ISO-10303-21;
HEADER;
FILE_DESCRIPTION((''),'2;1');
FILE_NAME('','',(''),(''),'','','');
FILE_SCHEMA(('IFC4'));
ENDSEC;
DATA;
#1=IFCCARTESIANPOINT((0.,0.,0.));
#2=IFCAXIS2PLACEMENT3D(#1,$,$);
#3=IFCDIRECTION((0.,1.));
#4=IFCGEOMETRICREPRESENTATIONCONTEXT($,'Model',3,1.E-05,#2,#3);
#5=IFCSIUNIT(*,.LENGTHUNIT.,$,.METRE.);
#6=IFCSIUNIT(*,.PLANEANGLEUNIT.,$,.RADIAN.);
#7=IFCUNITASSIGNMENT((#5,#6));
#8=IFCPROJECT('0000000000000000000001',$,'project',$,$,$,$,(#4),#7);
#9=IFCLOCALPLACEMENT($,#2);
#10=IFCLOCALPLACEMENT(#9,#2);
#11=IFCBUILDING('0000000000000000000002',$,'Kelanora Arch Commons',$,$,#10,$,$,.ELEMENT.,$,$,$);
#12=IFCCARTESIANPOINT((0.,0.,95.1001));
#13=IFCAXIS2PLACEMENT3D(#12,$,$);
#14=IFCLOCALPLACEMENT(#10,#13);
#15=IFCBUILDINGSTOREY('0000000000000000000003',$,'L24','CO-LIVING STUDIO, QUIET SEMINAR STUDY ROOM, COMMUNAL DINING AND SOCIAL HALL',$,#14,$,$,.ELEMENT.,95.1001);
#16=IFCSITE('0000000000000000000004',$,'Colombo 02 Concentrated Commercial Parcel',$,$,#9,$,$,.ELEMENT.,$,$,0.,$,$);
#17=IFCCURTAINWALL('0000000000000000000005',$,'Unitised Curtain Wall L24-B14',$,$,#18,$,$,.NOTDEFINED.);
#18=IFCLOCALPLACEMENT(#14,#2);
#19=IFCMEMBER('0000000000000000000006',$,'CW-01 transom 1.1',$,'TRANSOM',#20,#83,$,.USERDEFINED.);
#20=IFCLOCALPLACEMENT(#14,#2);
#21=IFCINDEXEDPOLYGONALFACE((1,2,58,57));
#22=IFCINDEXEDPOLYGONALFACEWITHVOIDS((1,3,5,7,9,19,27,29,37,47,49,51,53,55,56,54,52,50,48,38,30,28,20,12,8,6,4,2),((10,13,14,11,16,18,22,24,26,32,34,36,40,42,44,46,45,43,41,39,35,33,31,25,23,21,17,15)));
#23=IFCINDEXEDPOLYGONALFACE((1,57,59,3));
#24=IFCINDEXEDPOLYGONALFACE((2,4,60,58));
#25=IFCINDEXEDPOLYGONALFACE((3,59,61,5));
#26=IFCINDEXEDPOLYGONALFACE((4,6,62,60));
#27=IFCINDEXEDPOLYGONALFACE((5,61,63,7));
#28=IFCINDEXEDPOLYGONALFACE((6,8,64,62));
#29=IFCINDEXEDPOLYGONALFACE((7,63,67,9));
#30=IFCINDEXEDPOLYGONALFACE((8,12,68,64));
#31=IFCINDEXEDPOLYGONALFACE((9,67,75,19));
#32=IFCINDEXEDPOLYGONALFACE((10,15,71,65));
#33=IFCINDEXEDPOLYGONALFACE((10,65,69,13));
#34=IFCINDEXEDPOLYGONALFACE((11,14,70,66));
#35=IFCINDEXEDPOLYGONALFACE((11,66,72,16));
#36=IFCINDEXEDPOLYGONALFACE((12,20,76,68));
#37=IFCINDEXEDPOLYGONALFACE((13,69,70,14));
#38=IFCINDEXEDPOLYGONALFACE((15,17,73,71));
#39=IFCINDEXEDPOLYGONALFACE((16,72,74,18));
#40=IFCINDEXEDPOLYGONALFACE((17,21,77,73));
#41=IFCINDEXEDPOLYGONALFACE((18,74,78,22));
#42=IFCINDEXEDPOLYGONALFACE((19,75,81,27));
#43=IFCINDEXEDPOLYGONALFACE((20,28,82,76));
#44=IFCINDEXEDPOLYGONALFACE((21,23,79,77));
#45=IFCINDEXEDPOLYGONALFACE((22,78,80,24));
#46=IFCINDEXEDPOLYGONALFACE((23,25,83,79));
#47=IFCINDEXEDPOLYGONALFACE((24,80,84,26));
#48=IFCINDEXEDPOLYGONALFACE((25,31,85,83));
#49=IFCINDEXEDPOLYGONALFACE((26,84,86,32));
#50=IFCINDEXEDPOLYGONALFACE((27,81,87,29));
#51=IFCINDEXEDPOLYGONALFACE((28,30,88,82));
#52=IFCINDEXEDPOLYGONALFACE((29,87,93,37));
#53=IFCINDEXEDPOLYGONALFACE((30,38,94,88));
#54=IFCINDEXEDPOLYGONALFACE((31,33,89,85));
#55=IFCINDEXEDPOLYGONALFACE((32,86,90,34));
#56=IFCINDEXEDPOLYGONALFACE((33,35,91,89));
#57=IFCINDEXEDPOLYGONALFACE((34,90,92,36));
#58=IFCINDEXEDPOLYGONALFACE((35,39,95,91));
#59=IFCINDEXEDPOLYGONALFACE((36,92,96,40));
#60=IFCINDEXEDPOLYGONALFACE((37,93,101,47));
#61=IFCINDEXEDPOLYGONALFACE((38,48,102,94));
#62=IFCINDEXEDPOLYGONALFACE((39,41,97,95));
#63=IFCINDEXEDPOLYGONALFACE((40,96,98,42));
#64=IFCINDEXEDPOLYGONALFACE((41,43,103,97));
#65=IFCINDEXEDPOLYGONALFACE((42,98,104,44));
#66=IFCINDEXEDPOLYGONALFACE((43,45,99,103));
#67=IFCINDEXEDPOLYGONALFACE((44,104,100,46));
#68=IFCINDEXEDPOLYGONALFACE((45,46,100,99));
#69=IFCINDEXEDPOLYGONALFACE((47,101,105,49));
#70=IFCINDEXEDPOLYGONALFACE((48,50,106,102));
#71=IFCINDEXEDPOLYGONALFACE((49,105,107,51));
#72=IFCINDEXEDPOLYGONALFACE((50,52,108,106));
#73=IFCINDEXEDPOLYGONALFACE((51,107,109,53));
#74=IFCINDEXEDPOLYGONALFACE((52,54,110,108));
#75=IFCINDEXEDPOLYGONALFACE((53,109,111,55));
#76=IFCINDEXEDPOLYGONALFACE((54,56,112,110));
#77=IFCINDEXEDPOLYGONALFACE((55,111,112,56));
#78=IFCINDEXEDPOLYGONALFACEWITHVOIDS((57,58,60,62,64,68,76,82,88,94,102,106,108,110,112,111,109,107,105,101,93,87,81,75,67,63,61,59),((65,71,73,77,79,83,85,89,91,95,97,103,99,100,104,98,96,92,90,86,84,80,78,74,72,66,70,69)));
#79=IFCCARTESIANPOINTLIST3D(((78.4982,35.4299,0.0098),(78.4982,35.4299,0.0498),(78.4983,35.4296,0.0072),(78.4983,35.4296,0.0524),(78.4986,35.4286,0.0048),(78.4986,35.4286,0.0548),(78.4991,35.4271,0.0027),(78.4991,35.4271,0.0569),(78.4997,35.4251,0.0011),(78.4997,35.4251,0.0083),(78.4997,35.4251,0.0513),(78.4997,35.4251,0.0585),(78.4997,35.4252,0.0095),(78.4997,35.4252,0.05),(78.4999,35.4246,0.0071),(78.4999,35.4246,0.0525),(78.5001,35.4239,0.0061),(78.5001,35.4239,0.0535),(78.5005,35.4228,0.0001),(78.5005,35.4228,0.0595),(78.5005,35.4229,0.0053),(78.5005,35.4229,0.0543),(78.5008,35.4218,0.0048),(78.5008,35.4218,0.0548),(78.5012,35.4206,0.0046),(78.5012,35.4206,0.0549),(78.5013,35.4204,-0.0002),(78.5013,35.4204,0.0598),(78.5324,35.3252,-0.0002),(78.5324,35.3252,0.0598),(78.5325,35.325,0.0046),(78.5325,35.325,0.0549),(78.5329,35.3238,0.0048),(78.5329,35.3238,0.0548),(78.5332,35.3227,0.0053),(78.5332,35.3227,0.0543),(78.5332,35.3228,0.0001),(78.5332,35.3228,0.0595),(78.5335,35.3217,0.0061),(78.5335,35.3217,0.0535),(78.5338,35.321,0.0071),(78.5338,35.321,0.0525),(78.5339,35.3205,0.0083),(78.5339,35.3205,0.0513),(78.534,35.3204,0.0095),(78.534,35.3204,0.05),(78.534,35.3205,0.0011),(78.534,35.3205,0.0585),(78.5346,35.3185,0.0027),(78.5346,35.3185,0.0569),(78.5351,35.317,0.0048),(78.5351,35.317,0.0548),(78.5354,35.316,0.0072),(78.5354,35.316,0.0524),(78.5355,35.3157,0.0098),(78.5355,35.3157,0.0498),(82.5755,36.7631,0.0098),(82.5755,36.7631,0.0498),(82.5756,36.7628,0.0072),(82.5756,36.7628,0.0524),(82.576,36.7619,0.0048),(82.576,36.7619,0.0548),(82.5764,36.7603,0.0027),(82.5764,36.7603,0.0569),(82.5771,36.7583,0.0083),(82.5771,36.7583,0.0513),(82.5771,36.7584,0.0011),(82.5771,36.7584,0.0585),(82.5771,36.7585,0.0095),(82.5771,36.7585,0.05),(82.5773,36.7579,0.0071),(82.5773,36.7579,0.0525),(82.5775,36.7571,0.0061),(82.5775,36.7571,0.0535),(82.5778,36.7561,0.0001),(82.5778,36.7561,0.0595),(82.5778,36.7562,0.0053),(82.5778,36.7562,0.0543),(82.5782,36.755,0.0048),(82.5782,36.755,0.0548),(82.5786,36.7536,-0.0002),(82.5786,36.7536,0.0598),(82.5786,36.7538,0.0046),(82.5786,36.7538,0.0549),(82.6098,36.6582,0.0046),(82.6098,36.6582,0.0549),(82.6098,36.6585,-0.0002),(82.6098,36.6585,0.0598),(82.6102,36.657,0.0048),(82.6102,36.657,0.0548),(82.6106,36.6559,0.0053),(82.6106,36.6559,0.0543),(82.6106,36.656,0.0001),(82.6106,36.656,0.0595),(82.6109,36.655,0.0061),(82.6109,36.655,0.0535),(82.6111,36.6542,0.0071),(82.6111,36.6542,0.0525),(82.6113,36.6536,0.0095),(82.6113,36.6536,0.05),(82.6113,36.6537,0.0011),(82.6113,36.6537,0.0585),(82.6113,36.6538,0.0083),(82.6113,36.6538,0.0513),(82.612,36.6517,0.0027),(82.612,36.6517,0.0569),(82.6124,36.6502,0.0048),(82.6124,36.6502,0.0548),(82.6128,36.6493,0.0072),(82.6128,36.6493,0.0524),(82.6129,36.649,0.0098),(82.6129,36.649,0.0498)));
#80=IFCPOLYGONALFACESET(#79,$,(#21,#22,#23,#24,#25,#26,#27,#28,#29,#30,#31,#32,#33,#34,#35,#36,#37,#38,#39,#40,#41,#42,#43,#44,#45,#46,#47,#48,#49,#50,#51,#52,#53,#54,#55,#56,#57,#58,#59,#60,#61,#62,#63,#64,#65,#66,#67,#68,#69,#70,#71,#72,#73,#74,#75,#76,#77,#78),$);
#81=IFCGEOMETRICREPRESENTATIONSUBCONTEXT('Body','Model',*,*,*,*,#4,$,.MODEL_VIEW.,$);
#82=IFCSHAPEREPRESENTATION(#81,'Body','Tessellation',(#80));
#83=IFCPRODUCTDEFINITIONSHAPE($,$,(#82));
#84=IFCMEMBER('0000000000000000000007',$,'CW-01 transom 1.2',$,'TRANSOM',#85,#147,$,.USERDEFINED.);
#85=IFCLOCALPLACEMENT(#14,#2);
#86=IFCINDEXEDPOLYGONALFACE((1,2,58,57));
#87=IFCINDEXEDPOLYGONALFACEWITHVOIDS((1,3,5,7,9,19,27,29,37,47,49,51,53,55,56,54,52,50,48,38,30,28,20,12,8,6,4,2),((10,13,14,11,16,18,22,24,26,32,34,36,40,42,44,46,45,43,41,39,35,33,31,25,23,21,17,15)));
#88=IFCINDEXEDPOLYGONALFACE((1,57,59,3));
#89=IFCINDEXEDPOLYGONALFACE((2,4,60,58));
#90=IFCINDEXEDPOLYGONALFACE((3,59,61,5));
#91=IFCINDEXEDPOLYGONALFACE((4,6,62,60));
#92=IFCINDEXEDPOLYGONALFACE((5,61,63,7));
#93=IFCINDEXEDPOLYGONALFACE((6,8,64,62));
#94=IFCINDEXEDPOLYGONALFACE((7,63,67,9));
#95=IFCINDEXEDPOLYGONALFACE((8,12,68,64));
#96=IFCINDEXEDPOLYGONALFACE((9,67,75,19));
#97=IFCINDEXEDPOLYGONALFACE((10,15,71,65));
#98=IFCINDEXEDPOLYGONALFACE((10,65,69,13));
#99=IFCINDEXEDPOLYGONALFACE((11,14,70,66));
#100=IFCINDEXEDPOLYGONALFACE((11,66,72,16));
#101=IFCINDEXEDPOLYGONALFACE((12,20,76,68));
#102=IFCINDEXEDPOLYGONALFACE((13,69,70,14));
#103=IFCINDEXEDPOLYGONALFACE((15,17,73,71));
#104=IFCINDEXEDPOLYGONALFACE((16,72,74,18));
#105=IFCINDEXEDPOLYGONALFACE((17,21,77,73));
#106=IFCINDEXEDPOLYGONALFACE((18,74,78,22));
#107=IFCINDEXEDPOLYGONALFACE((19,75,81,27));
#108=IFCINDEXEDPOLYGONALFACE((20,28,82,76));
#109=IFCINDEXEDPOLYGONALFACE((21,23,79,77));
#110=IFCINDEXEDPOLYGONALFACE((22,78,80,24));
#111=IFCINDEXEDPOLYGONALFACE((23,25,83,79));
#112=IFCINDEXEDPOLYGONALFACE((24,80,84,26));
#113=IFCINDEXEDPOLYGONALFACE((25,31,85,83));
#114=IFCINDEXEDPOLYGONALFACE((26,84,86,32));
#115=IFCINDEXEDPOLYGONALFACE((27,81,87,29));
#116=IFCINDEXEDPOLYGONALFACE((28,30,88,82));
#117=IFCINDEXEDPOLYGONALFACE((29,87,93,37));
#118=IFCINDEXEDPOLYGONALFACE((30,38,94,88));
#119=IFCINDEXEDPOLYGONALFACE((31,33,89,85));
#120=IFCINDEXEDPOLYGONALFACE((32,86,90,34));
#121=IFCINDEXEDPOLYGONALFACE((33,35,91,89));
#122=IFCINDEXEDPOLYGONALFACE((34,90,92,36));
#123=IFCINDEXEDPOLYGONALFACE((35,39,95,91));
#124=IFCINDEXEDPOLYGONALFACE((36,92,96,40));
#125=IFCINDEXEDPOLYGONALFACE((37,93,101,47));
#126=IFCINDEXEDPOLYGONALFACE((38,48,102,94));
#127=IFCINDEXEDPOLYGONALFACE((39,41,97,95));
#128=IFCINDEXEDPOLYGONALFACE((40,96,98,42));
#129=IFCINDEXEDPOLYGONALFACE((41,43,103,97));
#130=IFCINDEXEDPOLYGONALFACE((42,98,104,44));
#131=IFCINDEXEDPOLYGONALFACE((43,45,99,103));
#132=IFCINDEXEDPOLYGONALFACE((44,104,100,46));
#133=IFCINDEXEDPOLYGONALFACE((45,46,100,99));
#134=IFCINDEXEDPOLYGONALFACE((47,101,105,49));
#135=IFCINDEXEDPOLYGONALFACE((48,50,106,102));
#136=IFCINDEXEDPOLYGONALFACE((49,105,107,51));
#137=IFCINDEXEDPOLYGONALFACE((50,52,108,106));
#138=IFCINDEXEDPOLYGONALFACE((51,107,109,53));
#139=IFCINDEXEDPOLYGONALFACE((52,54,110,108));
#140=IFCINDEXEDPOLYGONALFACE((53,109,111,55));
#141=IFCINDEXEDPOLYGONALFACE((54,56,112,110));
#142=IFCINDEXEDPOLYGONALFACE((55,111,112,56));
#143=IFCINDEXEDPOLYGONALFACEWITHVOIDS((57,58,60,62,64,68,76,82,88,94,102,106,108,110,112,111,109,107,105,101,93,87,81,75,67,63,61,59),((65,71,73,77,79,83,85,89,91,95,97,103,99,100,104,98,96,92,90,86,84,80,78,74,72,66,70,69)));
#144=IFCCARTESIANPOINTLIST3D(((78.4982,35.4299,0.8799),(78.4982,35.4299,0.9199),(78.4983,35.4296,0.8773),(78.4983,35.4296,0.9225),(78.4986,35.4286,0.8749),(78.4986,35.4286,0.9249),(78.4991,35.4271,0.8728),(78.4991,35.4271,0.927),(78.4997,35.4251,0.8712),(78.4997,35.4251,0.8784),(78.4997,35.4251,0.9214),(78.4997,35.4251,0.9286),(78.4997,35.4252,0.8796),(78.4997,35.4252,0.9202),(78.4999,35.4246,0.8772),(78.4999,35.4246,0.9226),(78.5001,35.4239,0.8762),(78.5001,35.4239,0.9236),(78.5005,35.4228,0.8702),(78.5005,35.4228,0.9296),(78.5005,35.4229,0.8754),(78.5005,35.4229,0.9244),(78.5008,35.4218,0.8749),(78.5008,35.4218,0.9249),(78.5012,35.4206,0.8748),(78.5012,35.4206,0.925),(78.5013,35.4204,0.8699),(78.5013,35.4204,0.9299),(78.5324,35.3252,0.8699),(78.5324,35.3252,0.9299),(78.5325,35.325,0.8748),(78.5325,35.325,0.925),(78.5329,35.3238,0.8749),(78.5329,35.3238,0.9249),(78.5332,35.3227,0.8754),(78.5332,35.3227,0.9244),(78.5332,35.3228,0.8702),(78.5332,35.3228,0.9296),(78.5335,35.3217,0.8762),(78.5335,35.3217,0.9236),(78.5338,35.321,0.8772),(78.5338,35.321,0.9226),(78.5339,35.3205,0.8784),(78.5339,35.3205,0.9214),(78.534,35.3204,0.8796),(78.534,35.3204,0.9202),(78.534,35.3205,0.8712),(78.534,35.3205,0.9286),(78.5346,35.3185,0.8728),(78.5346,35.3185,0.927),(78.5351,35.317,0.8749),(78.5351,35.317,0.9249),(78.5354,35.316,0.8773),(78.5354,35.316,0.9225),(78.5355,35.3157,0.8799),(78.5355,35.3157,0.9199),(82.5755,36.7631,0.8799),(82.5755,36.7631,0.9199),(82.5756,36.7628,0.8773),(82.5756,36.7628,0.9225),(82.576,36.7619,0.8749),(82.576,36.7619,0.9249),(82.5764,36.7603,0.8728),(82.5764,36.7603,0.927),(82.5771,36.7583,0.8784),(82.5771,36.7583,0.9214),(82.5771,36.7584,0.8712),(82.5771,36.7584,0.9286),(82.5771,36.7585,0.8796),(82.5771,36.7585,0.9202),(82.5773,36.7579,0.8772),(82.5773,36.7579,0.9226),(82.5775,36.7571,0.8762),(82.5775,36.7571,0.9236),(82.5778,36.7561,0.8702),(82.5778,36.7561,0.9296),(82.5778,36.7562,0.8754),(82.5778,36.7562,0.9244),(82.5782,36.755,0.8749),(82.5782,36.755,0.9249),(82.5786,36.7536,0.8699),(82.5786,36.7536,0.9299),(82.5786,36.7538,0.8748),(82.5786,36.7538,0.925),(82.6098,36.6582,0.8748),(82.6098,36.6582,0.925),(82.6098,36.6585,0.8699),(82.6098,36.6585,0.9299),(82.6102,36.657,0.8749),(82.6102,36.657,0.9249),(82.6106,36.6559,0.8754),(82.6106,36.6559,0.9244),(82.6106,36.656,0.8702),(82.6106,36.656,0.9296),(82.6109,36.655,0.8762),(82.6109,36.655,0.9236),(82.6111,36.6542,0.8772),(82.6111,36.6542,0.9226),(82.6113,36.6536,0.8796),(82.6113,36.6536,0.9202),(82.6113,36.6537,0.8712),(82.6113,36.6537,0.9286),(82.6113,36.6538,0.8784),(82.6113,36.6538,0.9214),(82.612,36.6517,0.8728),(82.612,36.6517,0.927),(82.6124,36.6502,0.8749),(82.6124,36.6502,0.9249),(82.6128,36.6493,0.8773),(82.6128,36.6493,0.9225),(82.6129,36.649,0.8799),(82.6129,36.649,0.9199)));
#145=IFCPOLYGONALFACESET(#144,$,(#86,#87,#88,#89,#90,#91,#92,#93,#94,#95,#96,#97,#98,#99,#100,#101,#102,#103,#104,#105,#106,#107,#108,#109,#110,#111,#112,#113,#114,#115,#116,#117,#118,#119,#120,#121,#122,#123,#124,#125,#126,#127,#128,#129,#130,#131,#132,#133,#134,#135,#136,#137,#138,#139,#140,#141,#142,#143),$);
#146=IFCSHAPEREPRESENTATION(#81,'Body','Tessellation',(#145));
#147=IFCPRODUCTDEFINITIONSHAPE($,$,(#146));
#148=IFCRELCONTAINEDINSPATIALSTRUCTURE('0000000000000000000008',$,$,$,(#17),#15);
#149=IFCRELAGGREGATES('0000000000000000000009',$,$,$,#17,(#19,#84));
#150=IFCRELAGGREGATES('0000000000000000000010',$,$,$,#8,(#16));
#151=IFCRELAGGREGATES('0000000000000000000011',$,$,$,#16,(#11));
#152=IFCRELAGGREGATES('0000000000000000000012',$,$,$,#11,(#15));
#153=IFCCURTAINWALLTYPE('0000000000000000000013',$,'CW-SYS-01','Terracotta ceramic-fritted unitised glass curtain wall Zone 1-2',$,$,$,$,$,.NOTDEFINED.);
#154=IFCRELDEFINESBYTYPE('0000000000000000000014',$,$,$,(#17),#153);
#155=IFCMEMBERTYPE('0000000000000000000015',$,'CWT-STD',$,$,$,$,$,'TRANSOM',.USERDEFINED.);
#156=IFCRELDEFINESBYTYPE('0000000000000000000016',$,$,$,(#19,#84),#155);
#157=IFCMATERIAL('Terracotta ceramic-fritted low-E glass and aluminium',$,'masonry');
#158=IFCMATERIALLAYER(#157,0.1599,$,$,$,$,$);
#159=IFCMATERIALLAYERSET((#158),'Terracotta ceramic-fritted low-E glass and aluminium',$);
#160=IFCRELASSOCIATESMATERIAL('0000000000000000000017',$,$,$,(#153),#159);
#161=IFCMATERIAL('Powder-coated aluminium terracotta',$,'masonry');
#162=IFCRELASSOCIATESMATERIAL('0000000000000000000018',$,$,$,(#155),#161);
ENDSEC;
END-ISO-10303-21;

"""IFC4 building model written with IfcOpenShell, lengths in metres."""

from ifc_helpers import new_model, si_unit, direction, frame, origin, origin_2d, place, context, subcontext, project, spatial, hollow_rectangle, extrude, material, layer, layer_set, material_profile, profile_set, type_object, element, aggregate, save


model = new_model("IFC4")

# Units and contexts
model_context = context("Model", 3, precision=1e-05, world=origin(), true_north=direction((0.0, 1.0)))
body_context = subcontext(model_context, "Body", "Model", "MODEL_VIEW")
ifc_project = project(units=[si_unit("LENGTHUNIT", "METRE"), si_unit("PLANEANGLEUNIT", "RADIAN")], contexts=[model_context])

# Site, building, storey
site_placement = place(None, origin())
site = spatial("IfcSite", under=ifc_project, at=site_placement, Name="Colombo 02 Concentrated Commercial Parcel", CompositionType="ELEMENT", RefElevation=0.0)
building_placement = place(site_placement, origin())
building = spatial("IfcBuilding", under=site, at=building_placement, Name="Kelanora Arch Commons", CompositionType="ELEMENT")
storey_placement = place(building_placement, frame((0.0, 0.0, 95.1001)))
storey = spatial("IfcBuildingStorey", under=building, at=storey_placement, Name="L24", Description="CO-LIVING STUDIO, QUIET SEMINAR STUDY ROOM, COMMUNAL DINING AND SOCIAL HALL", CompositionType="ELEMENT", Elevation=95.1001)

# Curtain wall, members
ifc_material_1 = material(Name="Terracotta ceramic-fritted low-E glass and aluminium", Category="masonry")
ifc_layer_1 = layer(ifc_material_1, 0.1599)
ifc_layer_set_1 = layer_set([ifc_layer_1], Name="Terracotta ceramic-fritted low-E glass and aluminium")
curtain_wall_type = type_object("IfcCurtainWallType", Name="CW-SYS-01", Description="Terracotta ceramic-fritted unitised glass curtain wall Zone 1-2", PredefinedType="NOTDEFINED", material=ifc_layer_set_1)
curtain_wall_placement = place(storey_placement, origin())
curtain_wall = element("IfcCurtainWall", 1, at=curtain_wall_placement, inside=storey, type_object=curtain_wall_type, Name="Unitised Curtain Wall L24-B14", PredefinedType="NOTDEFINED")
ifc_material_2 = material(Name="Powder-coated aluminium terracotta", Category="masonry")
ifc_material_profile_1 = material_profile(ifc_material_2, hollow_rectangle(XDim=0.1201, YDim=0.0601, WallThickness=0.0049, InnerFilletRadius=0.0049, OuterFilletRadius=0.01, at=origin_2d()), Name="CWT120x60")
ifc_profile_set_1 = profile_set([ifc_material_profile_1], Name="Powder-coated aluminium terracotta")
member_type_1 = type_object("IfcMemberType", Name="CWT-STD", ElementType="TRANSOM", PredefinedType="USERDEFINED", material=ifc_profile_set_1)
member_1_placement = place(storey_placement, frame((78.5168, 35.3728, 0.0298), z_axis=(0.950478, 0.310793, 0.0), x_axis=(-0.310793, 0.950478, 0.0)))
member_1 = element("IfcMember", 2, at=member_1_placement, type_object=member_type_1, Name="CW-01 transom 1.1", ObjectType="TRANSOM", PredefinedType="USERDEFINED", context=body_context, shape_type="SweptSolid", body=[
    extrude(hollow_rectangle(XDim=0.1201, YDim=0.0601, WallThickness=0.0049, InnerFilletRadius=0.0049, OuterFilletRadius=0.01, at=origin_2d()), origin(), (0.0, 0.0, 1.0), 4.2898),
])
member_2_placement = place(storey_placement, frame((78.5168, 35.3728, 0.8999), z_axis=(0.950478, 0.310793, 0.0), x_axis=(-0.310793, 0.950478, 0.0)))
member_2 = element("IfcMember", 3, at=member_2_placement, type_object=member_type_1, Name="CW-01 transom 1.2", ObjectType="TRANSOM", PredefinedType="USERDEFINED", context=body_context, shape_type="SweptSolid", body=[
    extrude(hollow_rectangle(XDim=0.1201, YDim=0.0601, WallThickness=0.0049, InnerFilletRadius=0.0049, OuterFilletRadius=0.01, at=origin_2d()), origin(), (0.0, 0.0, 1.0), 4.2898),
])
aggregate(curtain_wall, [member_1, member_2])

save(model, "model.ifc")
